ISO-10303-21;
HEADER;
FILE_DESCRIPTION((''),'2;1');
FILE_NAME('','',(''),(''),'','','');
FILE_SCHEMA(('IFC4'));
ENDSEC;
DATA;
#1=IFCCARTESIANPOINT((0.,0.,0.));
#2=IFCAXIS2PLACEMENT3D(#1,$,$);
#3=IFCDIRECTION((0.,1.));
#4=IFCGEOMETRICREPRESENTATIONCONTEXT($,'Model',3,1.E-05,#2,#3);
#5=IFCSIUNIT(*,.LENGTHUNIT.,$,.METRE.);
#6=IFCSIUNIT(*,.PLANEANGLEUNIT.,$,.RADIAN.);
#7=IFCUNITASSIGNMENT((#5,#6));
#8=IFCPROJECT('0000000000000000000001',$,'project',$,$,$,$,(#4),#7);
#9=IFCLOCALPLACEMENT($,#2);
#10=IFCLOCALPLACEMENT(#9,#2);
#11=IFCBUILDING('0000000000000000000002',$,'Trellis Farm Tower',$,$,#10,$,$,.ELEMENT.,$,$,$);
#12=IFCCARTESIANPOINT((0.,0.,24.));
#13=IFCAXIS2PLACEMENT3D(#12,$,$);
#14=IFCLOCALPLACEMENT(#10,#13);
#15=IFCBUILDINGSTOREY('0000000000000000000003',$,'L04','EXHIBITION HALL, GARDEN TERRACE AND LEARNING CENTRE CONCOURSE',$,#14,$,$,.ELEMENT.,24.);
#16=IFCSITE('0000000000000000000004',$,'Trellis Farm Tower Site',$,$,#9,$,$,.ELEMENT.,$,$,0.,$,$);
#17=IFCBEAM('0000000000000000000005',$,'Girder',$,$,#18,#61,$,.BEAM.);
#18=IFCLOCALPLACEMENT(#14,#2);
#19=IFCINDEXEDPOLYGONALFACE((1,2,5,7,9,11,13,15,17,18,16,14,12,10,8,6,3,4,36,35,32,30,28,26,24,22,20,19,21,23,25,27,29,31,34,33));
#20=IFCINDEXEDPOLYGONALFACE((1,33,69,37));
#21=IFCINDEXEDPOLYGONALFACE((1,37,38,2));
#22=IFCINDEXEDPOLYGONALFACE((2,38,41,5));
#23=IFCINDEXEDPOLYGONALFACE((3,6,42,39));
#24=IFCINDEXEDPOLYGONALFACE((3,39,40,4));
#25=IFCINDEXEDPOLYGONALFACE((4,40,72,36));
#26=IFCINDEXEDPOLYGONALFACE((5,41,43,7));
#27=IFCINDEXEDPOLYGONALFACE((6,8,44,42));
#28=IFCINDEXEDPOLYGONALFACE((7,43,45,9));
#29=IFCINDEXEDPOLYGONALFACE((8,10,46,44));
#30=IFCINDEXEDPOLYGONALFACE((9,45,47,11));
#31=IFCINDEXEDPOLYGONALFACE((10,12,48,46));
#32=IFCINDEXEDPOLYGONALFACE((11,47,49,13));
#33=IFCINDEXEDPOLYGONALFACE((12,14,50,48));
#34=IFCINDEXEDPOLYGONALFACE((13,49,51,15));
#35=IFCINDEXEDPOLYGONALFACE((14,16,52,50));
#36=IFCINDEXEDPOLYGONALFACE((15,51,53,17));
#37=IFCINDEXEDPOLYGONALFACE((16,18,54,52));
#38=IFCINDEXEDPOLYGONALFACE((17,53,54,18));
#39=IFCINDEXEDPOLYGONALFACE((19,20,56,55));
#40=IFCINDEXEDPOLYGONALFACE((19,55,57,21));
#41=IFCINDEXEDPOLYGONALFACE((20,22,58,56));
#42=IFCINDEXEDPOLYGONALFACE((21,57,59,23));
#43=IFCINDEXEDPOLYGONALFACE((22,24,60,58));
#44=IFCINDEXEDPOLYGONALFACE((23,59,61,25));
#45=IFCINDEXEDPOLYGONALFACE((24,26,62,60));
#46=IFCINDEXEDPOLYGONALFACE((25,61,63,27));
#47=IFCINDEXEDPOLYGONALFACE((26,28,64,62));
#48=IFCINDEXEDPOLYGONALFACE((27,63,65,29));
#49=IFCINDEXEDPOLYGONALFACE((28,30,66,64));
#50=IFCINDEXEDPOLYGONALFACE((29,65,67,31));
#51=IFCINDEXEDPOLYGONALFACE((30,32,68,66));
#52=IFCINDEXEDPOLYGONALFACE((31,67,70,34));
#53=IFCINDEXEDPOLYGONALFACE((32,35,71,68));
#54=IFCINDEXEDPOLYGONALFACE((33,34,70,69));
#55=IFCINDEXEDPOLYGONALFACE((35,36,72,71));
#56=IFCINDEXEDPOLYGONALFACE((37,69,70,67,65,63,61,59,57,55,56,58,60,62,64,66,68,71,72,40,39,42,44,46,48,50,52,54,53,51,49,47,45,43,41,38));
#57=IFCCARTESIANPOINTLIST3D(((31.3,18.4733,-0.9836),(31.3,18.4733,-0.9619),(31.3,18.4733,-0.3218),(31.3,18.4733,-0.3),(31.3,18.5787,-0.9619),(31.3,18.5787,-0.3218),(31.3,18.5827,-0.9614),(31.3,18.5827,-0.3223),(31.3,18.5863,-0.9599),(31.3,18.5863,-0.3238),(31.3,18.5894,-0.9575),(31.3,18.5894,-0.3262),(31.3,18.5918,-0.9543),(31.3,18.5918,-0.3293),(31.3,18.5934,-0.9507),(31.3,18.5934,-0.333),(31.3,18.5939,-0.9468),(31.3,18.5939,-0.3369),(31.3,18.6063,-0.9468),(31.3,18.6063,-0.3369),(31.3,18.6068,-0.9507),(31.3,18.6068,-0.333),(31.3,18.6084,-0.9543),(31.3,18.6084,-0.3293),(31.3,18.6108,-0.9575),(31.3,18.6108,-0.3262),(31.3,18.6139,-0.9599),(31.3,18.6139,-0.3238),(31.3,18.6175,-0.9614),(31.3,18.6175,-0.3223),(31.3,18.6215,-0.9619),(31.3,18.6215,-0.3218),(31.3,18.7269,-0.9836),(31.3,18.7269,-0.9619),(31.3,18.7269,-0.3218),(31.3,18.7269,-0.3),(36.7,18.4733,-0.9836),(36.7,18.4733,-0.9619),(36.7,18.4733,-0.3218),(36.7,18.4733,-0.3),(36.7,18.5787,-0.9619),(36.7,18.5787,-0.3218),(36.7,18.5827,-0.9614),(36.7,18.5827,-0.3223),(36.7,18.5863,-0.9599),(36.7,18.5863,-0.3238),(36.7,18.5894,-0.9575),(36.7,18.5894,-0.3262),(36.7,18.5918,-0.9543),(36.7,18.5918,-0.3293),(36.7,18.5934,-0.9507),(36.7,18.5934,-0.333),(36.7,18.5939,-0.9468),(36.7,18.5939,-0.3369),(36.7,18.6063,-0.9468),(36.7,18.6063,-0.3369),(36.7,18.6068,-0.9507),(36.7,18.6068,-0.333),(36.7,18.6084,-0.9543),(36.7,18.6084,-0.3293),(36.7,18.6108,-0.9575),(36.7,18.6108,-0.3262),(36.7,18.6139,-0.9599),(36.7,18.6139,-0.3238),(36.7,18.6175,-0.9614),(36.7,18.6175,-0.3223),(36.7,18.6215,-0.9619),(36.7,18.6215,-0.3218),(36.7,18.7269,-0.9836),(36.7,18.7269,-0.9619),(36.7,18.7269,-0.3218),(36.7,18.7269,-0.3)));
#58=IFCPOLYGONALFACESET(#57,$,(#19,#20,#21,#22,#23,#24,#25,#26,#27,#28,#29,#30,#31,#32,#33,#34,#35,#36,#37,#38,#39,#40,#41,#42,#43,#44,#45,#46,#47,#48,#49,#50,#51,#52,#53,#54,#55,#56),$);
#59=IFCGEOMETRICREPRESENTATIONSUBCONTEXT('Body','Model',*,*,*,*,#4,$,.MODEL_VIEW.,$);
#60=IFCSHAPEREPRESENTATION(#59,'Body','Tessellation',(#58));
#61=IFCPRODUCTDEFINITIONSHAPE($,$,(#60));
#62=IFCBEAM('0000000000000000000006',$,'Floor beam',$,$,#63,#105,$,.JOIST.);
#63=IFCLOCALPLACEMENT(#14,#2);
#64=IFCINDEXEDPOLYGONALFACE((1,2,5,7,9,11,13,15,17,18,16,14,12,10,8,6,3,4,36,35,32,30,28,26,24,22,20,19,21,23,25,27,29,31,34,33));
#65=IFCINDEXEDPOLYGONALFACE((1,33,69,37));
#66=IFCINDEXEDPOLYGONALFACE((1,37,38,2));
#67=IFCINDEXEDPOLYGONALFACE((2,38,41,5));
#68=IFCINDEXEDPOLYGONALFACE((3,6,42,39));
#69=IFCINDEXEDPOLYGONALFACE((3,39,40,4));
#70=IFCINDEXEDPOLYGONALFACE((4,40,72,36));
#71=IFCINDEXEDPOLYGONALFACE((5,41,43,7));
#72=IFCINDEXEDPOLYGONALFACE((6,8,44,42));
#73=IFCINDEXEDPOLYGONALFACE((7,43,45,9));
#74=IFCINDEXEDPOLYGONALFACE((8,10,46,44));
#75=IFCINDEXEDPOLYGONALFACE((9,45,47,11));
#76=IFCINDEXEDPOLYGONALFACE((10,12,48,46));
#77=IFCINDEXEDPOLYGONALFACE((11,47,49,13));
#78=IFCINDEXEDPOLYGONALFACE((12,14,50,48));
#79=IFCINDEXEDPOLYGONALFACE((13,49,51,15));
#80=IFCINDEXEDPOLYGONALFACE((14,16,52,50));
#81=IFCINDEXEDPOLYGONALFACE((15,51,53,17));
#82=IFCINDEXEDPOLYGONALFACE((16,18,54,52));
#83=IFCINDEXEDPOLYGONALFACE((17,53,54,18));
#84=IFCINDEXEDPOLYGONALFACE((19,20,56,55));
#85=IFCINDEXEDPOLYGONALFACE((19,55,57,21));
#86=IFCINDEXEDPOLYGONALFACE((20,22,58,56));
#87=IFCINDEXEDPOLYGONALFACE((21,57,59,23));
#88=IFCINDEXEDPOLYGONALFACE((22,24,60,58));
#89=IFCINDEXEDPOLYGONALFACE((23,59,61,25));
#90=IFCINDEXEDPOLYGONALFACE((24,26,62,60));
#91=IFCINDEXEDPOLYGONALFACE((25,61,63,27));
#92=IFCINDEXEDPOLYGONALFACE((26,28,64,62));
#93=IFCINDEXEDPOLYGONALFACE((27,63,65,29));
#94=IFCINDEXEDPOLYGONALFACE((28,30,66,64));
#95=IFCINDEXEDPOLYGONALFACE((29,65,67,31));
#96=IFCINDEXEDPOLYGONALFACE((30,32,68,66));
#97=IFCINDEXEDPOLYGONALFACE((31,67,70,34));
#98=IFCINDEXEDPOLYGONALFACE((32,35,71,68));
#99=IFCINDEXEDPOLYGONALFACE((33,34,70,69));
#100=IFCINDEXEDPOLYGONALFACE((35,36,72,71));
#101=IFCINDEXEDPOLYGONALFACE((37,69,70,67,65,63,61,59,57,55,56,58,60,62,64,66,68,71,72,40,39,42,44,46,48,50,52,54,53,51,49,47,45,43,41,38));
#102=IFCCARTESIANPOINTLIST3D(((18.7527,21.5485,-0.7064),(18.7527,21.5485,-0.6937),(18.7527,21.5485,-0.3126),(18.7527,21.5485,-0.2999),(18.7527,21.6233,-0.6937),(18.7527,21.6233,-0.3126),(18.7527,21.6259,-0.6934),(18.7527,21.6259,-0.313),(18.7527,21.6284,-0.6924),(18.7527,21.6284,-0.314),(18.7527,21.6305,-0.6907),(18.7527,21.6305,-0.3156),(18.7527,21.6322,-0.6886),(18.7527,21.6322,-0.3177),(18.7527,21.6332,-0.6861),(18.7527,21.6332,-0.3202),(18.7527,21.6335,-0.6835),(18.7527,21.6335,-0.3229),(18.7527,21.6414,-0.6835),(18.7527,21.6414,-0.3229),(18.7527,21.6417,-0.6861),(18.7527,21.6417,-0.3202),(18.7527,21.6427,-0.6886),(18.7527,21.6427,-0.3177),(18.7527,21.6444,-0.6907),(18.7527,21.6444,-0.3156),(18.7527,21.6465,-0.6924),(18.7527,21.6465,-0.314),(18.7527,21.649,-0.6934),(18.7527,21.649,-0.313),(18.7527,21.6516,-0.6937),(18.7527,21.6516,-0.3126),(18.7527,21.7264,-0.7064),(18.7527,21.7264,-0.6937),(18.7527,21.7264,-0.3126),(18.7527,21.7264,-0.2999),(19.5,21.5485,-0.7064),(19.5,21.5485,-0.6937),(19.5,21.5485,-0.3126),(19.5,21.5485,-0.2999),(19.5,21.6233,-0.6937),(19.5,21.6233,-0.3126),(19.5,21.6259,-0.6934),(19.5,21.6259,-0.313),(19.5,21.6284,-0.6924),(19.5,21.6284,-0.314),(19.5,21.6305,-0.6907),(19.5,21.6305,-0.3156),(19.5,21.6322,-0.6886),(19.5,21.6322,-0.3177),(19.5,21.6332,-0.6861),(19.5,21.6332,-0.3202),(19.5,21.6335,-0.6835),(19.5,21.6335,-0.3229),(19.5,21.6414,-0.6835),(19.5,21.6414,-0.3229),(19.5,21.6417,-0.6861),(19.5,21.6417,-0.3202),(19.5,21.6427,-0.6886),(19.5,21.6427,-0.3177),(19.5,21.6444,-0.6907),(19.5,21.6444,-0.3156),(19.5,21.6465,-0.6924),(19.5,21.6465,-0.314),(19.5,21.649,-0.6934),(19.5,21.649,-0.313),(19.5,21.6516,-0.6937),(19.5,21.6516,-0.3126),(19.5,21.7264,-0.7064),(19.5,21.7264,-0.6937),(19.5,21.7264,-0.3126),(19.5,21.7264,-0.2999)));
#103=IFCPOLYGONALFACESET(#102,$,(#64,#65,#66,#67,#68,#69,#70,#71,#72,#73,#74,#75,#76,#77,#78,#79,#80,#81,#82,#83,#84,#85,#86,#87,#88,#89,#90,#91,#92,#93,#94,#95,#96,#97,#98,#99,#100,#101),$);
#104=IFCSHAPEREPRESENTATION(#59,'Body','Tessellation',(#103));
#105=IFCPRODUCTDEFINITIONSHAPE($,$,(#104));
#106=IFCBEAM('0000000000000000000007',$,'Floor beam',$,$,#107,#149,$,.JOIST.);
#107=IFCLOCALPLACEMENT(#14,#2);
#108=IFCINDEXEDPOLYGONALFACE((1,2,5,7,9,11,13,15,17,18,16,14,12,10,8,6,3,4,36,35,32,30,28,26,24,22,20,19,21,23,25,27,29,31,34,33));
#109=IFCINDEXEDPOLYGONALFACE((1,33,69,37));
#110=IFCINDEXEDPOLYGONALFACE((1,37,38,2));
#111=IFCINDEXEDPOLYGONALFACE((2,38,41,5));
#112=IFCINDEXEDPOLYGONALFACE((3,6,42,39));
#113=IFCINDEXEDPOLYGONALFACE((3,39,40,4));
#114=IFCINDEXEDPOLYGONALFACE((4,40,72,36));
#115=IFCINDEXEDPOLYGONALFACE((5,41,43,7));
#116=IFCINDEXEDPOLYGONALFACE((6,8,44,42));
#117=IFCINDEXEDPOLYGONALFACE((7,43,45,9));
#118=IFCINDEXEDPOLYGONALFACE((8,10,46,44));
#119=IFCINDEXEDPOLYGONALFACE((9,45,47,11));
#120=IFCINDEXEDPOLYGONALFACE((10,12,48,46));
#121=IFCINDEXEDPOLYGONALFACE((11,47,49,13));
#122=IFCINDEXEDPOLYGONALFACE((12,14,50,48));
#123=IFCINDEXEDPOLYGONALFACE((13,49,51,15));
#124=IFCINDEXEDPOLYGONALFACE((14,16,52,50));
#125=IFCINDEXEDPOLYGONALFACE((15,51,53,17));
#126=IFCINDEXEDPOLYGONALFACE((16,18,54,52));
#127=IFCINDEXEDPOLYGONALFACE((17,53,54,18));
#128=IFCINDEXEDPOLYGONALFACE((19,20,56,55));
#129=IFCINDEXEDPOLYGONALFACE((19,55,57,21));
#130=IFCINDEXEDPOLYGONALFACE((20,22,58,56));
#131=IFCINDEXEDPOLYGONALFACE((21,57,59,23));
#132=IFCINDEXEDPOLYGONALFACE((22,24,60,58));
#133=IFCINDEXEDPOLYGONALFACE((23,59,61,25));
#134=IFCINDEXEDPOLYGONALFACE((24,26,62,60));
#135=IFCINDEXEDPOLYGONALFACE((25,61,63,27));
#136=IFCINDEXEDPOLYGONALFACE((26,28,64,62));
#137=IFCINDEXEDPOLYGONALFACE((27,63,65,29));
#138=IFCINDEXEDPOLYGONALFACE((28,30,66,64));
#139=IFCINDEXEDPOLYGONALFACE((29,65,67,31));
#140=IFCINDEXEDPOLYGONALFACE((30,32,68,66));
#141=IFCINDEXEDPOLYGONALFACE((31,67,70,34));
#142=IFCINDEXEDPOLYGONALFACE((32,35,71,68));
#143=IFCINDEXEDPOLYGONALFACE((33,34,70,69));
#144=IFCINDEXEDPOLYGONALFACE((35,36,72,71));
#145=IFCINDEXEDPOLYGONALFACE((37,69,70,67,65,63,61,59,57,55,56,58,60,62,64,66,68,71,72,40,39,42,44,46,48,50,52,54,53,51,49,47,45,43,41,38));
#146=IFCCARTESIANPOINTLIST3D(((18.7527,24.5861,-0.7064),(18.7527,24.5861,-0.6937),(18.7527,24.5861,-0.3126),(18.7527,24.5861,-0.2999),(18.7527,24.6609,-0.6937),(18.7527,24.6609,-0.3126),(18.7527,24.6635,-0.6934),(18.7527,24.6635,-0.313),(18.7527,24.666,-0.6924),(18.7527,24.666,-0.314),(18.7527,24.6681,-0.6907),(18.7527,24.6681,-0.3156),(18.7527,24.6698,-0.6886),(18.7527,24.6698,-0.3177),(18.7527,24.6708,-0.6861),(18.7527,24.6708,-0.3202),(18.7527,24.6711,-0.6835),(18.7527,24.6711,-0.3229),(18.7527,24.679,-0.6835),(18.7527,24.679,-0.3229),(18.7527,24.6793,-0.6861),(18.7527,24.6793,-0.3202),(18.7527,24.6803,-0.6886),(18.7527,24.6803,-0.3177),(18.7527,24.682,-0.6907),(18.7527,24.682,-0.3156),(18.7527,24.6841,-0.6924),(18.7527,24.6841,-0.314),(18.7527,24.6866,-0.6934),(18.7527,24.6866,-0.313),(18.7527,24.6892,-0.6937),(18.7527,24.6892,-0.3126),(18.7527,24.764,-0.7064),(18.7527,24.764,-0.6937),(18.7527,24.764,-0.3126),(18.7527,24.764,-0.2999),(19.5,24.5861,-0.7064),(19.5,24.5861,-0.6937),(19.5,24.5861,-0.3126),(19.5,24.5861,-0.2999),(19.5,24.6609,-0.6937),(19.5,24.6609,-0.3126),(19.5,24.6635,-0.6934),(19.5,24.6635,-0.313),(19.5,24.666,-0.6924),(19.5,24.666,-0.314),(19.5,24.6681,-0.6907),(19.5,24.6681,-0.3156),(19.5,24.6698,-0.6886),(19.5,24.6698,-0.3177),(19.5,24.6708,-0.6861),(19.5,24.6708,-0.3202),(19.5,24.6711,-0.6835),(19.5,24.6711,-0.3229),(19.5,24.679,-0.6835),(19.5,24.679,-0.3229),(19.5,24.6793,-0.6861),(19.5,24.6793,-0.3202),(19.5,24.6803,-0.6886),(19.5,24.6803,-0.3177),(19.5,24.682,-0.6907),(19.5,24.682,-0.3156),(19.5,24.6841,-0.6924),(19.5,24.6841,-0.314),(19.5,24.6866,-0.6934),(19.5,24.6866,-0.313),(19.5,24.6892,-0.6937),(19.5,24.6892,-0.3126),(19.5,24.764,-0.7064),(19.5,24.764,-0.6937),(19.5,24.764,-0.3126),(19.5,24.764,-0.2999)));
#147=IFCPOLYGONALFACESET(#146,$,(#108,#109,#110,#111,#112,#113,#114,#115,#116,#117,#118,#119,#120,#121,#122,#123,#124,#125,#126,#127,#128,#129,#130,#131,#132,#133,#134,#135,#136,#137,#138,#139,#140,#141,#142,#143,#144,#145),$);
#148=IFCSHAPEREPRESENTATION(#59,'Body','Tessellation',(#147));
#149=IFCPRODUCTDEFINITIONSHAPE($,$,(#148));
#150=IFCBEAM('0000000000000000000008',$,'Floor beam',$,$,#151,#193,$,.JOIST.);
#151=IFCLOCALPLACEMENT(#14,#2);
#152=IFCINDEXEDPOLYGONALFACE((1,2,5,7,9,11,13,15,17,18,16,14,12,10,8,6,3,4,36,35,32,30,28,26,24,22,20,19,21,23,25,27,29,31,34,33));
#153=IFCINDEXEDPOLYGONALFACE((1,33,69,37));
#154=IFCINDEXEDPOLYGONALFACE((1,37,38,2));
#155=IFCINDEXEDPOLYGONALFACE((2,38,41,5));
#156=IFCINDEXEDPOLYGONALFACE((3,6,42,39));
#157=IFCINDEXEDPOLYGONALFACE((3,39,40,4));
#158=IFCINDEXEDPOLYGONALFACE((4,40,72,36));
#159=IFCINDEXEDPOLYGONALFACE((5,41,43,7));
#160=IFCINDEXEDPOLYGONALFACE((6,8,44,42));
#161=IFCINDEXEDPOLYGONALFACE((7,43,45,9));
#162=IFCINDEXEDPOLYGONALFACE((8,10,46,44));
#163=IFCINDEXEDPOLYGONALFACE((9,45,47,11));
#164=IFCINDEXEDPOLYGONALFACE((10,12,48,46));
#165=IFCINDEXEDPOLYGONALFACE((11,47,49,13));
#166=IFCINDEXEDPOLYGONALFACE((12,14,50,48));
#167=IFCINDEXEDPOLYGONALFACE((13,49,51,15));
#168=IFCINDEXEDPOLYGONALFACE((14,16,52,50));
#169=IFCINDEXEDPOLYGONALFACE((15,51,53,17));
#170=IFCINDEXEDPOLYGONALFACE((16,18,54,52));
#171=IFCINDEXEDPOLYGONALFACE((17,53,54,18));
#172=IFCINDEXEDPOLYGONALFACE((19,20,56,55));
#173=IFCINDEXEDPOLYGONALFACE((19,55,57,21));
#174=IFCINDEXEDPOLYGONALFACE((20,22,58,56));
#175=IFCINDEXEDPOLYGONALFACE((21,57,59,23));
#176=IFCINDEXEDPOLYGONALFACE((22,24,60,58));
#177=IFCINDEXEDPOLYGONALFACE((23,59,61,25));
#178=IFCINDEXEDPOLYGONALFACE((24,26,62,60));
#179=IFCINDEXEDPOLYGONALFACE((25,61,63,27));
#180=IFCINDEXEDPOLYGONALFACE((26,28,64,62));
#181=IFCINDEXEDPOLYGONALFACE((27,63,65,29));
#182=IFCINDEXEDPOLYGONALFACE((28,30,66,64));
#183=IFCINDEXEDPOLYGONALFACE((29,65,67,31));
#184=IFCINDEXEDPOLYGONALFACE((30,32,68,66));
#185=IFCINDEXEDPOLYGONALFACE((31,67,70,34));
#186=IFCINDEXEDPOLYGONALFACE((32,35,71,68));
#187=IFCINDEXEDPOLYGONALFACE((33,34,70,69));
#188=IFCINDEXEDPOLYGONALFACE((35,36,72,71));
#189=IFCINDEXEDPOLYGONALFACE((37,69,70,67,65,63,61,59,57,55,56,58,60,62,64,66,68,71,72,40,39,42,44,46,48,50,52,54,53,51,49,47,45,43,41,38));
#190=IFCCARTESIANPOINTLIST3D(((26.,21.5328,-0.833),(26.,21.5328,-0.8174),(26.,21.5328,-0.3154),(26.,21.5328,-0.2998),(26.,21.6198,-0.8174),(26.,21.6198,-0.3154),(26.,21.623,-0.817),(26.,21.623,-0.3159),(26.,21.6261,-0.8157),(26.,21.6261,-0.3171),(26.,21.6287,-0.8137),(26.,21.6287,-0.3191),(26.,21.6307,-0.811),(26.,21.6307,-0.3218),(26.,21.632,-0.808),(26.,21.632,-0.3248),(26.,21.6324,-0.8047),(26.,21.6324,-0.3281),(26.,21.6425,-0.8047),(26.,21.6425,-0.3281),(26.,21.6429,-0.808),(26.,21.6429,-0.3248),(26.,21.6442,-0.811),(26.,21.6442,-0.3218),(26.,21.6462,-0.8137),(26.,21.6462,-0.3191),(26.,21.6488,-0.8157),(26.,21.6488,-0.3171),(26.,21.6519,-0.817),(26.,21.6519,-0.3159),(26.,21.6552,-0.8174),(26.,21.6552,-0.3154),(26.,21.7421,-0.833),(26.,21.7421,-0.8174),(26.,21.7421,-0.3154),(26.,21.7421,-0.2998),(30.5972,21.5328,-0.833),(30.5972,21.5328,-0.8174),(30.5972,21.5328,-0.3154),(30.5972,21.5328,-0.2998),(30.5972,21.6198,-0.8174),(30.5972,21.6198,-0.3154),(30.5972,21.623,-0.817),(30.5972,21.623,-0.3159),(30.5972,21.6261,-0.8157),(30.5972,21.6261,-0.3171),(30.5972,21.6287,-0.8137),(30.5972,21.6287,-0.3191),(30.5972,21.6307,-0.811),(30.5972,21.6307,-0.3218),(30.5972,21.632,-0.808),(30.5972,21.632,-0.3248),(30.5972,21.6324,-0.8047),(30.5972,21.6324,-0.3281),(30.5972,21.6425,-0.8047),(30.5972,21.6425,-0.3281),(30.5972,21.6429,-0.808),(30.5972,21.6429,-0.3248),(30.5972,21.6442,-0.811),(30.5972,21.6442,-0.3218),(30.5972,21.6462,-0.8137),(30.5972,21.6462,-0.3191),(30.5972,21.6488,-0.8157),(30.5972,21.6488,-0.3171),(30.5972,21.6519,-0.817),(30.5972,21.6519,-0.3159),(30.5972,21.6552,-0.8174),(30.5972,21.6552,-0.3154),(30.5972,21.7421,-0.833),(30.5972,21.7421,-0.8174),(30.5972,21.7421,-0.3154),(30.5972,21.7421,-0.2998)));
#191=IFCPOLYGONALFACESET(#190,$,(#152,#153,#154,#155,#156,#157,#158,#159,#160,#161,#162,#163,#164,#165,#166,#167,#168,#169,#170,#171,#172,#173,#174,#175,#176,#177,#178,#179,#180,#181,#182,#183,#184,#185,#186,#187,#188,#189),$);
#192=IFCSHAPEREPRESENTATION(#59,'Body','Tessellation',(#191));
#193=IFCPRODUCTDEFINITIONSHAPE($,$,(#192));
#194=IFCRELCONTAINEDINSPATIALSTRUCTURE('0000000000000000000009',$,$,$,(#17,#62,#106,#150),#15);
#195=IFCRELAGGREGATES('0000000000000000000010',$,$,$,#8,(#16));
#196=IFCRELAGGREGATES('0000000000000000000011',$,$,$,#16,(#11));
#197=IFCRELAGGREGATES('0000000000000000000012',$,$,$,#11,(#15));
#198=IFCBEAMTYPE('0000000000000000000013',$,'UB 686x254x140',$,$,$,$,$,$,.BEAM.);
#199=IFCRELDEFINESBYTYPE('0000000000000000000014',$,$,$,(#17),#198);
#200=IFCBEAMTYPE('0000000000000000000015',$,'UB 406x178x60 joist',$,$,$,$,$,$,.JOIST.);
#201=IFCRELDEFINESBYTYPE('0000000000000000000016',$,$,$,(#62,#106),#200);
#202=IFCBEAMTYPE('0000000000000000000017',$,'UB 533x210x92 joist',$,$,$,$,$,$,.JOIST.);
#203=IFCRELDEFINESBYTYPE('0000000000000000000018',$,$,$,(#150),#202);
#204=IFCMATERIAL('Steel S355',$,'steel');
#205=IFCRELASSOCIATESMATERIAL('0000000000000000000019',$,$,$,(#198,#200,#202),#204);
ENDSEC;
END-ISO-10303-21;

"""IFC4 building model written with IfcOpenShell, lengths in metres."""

from ifc_helpers import new_model, si_unit, direction, frame, origin, origin_2d, place, context, subcontext, project, spatial, i_section, extrude, source, transform, mapped, material, material_profile, profile_set, type_object, element, save


model = new_model("IFC4")

# Units and contexts
model_context = context("Model", 3, precision=1e-05, world=origin(), true_north=direction((0.0, 1.0)))
body_context = subcontext(model_context, "Body", "Model", "MODEL_VIEW")
ifc_project = project(units=[si_unit("LENGTHUNIT", "METRE"), si_unit("PLANEANGLEUNIT", "RADIAN")], contexts=[model_context])

# Site, building, storey
site_placement = place(None, origin())
site = spatial("IfcSite", under=ifc_project, at=site_placement, Name="Trellis Farm Tower Site", CompositionType="ELEMENT", RefElevation=0.0)
building_placement = place(site_placement, origin())
building = spatial("IfcBuilding", under=site, at=building_placement, Name="Trellis Farm Tower", CompositionType="ELEMENT")
storey_placement = place(building_placement, frame((0.0, 0.0, 24.0)))
storey = spatial("IfcBuildingStorey", under=building, at=storey_placement, Name="L04", Description="EXHIBITION HALL, GARDEN TERRACE AND LEARNING CENTRE CONCOURSE", CompositionType="ELEMENT", Elevation=24.0)

# Beams
ifc_material_1 = material(Name="Steel S355", Category="steel")
ifc_material_profile_1 = material_profile(ifc_material_1, i_section(OverallWidth=0.2537, OverallDepth=0.6836, WebThickness=0.0125, FlangeThickness=0.0217, FilletRadius=0.0151, at=origin_2d()), Name="UB 686x254x140")
ifc_profile_set_1 = profile_set([ifc_material_profile_1], Name="Steel S355")
beam_type_1 = type_object("IfcBeamType", Name="UB 686x254x140", PredefinedType="BEAM", material=ifc_profile_set_1)
shared_shape_1 = source(origin(), body_context, "Body", "SweptSolid", [
    extrude(i_section(OverallWidth=0.2537, OverallDepth=0.6836, WebThickness=0.0125, FlangeThickness=0.0217, FilletRadius=0.0151, at=origin_2d()), origin(), (0.0, 0.0, 1.0), 5.3999),
])
beam_1_placement = place(storey_placement, frame((31.3, 18.6001, -0.6418), z_axis=(1.0, 0.0, 0.0), x_axis=(0.0, 1.0, 0.0)))
element("IfcBeam", 1, at=beam_1_placement, inside=storey, type_object=beam_type_1, Name="Girder", PredefinedType="BEAM", context=body_context, shape_type="MappedRepresentation", body=[
    mapped(shared_shape_1, transform((0.0, 0.0, 0.0))),
])
ifc_material_profile_2 = material_profile(ifc_material_1, i_section(OverallWidth=0.178, OverallDepth=0.4065, WebThickness=0.0078, FlangeThickness=0.0127, FilletRadius=0.0103, at=origin_2d()), Name="UB 406x178x60")
ifc_profile_set_2 = profile_set([ifc_material_profile_2], Name="Steel S355")
beam_type_2 = type_object("IfcBeamType", Name="UB 406x178x60 joist", PredefinedType="JOIST", material=ifc_profile_set_2)
shared_shape_2 = source(origin(), body_context, "Body", "SweptSolid", [
    extrude(i_section(OverallWidth=0.178, OverallDepth=0.4065, WebThickness=0.0078, FlangeThickness=0.0127, FilletRadius=0.0103, at=origin_2d()), origin(), (0.0, 0.0, 1.0), 0.7473),
])
for number, where, z_axis, x_axis, name in (
    (2, (18.7527, 21.6375, -0.5032), (1.0, 0.0, 0.0), (0.0, 1.0, 0.0), "Floor beam"),
    (3, (18.7527, 24.675, -0.5032), (1.0, 0.0, 0.0), (0.0, 1.0, 0.0), "Floor beam"),
):
    element("IfcBeam", number, at=place(storey_placement, frame(where, z_axis=z_axis, x_axis=x_axis)), inside=storey, type_object=beam_type_2, Name=name, PredefinedType="JOIST", context=body_context, shape_type="MappedRepresentation", body=[
        mapped(shared_shape_2, transform((0.0, 0.0, 0.0))),
    ])
ifc_material_profile_3 = material_profile(ifc_material_1, i_section(OverallWidth=0.2092, OverallDepth=0.5332, WebThickness=0.01, FlangeThickness=0.0156, FilletRadius=0.0127, at=origin_2d()), Name="UB 533x210x92")
ifc_profile_set_3 = profile_set([ifc_material_profile_3], Name="Steel S355")
beam_type_3 = type_object("IfcBeamType", Name="UB 533x210x92 joist", PredefinedType="JOIST", material=ifc_profile_set_3)
shared_shape_3 = source(origin(), body_context, "Body", "SweptSolid", [
    extrude(i_section(OverallWidth=0.2092, OverallDepth=0.5332, WebThickness=0.01, FlangeThickness=0.0156, FilletRadius=0.0127, at=origin_2d()), origin(), (0.0, 0.0, 1.0), 4.5972),
])
for number, where, z_axis, x_axis, name in (
    (4, (26.0, 21.6375, -0.5664), (1.0, 0.0, 0.0), (0.0, 1.0, 0.0), "Floor beam"),
):
    element("IfcBeam", number, at=place(storey_placement, frame(where, z_axis=z_axis, x_axis=x_axis)), inside=storey, type_object=beam_type_3, Name=name, PredefinedType="JOIST", context=body_context, shape_type="MappedRepresentation", body=[
        mapped(shared_shape_3, transform((0.0, 0.0, 0.0))),
    ])

save(model, "model.ifc")
